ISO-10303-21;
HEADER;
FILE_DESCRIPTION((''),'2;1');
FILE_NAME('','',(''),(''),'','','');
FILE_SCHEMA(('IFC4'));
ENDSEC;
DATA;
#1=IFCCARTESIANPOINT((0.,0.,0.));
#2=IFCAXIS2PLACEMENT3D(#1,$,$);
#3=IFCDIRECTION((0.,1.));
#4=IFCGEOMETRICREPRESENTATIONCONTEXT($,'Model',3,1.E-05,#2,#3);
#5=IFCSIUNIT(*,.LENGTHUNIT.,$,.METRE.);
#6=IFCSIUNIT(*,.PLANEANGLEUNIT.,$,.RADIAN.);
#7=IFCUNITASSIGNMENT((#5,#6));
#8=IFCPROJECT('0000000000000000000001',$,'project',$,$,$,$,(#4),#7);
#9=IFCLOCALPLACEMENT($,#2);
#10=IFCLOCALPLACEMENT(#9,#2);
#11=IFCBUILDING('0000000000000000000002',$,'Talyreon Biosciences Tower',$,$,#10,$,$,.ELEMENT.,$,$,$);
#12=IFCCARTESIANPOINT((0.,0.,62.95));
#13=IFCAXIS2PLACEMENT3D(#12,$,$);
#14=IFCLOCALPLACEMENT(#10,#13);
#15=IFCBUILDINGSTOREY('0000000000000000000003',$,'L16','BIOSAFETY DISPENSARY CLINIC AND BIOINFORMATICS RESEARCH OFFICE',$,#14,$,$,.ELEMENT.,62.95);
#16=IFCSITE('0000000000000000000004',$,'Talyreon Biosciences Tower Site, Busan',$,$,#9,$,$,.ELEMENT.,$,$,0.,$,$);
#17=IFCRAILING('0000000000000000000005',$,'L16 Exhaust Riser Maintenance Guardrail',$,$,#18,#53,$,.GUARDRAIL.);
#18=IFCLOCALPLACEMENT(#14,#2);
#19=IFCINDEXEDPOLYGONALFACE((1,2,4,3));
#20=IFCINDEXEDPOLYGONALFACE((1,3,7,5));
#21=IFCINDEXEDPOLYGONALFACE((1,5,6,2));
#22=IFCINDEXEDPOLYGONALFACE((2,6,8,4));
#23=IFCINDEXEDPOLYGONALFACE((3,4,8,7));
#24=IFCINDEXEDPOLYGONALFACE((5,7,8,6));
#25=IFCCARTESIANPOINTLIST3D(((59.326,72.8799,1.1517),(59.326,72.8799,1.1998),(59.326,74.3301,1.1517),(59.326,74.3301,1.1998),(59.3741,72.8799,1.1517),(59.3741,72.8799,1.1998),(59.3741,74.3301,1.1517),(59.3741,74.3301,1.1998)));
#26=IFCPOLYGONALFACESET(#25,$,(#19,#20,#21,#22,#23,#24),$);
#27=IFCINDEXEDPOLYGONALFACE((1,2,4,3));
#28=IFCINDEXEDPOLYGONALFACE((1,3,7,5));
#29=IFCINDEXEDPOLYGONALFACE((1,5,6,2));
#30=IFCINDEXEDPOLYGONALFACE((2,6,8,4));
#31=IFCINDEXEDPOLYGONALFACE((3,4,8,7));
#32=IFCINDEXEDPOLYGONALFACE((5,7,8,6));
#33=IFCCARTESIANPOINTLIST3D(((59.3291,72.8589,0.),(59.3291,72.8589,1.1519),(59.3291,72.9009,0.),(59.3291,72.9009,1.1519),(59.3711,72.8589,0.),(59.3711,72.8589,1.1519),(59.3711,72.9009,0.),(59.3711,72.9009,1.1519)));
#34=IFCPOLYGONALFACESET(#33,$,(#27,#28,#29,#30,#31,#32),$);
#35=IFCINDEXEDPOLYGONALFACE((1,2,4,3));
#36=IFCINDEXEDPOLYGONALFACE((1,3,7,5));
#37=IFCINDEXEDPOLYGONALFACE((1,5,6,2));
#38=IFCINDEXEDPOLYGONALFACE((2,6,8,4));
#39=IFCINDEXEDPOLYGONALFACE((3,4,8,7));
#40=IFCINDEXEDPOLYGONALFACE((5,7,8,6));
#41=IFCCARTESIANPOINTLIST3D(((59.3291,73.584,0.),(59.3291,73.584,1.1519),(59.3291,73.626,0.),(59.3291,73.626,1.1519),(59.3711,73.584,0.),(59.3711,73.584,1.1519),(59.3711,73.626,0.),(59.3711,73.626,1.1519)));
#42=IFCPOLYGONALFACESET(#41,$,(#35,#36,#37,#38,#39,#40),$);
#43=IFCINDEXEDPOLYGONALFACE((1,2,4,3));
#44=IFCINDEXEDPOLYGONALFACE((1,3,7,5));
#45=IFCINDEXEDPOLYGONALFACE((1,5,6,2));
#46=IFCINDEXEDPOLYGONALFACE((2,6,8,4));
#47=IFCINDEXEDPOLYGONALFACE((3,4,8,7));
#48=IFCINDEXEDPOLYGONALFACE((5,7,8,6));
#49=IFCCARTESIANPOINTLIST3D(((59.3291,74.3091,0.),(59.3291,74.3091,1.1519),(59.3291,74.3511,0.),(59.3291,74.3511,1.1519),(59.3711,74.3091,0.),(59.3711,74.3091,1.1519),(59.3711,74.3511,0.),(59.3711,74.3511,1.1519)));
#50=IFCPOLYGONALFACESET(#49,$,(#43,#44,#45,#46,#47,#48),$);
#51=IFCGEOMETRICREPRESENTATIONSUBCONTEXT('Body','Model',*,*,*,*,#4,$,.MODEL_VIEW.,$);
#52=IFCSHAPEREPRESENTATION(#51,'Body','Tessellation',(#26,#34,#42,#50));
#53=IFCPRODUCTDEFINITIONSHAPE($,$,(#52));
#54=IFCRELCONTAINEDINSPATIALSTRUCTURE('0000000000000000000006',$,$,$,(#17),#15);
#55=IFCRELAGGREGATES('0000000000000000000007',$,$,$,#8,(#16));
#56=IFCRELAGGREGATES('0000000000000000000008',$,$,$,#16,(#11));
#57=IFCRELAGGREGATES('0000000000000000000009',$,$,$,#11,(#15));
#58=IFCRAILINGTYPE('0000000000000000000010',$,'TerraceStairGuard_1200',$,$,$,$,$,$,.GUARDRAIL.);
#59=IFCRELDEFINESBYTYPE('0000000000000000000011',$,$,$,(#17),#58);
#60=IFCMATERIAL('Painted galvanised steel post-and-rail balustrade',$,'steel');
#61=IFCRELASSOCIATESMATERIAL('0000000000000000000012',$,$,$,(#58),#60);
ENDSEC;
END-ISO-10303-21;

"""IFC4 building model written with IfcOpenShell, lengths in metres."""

from ifc_helpers import new_model, si_unit, direction, frame, origin, origin_2d, place, context, subcontext, project, spatial, rectangle, extrude, material, type_object, element, save


model = new_model("IFC4")

# Units and contexts
model_context = context("Model", 3, precision=1e-05, world=origin(), true_north=direction((0.0, 1.0)))
body_context = subcontext(model_context, "Body", "Model", "MODEL_VIEW")
ifc_project = project(units=[si_unit("LENGTHUNIT", "METRE"), si_unit("PLANEANGLEUNIT", "RADIAN")], contexts=[model_context])

# Site, building, storey
site_placement = place(None, origin())
site = spatial("IfcSite", under=ifc_project, at=site_placement, Name="Talyreon Biosciences Tower Site, Busan", CompositionType="ELEMENT", RefElevation=0.0)
building_placement = place(site_placement, origin())
building = spatial("IfcBuilding", under=site, at=building_placement, Name="Talyreon Biosciences Tower", CompositionType="ELEMENT")
storey_placement = place(building_placement, frame((0.0, 0.0, 62.95)))
storey = spatial("IfcBuildingStorey", under=building, at=storey_placement, Name="L16", Description="BIOSAFETY DISPENSARY CLINIC AND BIOINFORMATICS RESEARCH OFFICE", CompositionType="ELEMENT", Elevation=62.95)

# Railing
ifc_material_1 = material(Name="Painted galvanised steel post-and-rail balustrade", Category="steel")
railing_type_1 = type_object("IfcRailingType", Name="TerraceStairGuard_1200", PredefinedType="GUARDRAIL", material=ifc_material_1)
railing_1_placement = place(storey_placement, frame((59.3501, 72.8799, 0.0)))
element("IfcRailing", 1, at=railing_1_placement, inside=storey, type_object=railing_type_1, Name="L16 Exhaust Riser Maintenance Guardrail", PredefinedType="GUARDRAIL", context=body_context, shape_type="SweptSolid", body=[
    extrude(rectangle(XDim=0.0481, YDim=0.0481, at=origin_2d()), frame((0.0, 0.0, 1.1758), z_axis=(0.0, 1.0, 0.0), x_axis=(-1.0, 0.0, 0.0)), (0.0, 0.0, 1.0), 1.4502),
    extrude(rectangle(XDim=0.042, YDim=0.042, at=origin_2d()), origin(), (0.0, 0.0, 1.0), 1.1519),
    extrude(rectangle(XDim=0.042, YDim=0.042, at=origin_2d()), frame((0.0, 0.7251, 0.0)), (0.0, 0.0, 1.0), 1.1519),
    extrude(rectangle(XDim=0.042, YDim=0.042, at=origin_2d()), frame((0.0, 1.4502, 0.0)), (0.0, 0.0, 1.0), 1.1519),
])

save(model, "model.ifc")
